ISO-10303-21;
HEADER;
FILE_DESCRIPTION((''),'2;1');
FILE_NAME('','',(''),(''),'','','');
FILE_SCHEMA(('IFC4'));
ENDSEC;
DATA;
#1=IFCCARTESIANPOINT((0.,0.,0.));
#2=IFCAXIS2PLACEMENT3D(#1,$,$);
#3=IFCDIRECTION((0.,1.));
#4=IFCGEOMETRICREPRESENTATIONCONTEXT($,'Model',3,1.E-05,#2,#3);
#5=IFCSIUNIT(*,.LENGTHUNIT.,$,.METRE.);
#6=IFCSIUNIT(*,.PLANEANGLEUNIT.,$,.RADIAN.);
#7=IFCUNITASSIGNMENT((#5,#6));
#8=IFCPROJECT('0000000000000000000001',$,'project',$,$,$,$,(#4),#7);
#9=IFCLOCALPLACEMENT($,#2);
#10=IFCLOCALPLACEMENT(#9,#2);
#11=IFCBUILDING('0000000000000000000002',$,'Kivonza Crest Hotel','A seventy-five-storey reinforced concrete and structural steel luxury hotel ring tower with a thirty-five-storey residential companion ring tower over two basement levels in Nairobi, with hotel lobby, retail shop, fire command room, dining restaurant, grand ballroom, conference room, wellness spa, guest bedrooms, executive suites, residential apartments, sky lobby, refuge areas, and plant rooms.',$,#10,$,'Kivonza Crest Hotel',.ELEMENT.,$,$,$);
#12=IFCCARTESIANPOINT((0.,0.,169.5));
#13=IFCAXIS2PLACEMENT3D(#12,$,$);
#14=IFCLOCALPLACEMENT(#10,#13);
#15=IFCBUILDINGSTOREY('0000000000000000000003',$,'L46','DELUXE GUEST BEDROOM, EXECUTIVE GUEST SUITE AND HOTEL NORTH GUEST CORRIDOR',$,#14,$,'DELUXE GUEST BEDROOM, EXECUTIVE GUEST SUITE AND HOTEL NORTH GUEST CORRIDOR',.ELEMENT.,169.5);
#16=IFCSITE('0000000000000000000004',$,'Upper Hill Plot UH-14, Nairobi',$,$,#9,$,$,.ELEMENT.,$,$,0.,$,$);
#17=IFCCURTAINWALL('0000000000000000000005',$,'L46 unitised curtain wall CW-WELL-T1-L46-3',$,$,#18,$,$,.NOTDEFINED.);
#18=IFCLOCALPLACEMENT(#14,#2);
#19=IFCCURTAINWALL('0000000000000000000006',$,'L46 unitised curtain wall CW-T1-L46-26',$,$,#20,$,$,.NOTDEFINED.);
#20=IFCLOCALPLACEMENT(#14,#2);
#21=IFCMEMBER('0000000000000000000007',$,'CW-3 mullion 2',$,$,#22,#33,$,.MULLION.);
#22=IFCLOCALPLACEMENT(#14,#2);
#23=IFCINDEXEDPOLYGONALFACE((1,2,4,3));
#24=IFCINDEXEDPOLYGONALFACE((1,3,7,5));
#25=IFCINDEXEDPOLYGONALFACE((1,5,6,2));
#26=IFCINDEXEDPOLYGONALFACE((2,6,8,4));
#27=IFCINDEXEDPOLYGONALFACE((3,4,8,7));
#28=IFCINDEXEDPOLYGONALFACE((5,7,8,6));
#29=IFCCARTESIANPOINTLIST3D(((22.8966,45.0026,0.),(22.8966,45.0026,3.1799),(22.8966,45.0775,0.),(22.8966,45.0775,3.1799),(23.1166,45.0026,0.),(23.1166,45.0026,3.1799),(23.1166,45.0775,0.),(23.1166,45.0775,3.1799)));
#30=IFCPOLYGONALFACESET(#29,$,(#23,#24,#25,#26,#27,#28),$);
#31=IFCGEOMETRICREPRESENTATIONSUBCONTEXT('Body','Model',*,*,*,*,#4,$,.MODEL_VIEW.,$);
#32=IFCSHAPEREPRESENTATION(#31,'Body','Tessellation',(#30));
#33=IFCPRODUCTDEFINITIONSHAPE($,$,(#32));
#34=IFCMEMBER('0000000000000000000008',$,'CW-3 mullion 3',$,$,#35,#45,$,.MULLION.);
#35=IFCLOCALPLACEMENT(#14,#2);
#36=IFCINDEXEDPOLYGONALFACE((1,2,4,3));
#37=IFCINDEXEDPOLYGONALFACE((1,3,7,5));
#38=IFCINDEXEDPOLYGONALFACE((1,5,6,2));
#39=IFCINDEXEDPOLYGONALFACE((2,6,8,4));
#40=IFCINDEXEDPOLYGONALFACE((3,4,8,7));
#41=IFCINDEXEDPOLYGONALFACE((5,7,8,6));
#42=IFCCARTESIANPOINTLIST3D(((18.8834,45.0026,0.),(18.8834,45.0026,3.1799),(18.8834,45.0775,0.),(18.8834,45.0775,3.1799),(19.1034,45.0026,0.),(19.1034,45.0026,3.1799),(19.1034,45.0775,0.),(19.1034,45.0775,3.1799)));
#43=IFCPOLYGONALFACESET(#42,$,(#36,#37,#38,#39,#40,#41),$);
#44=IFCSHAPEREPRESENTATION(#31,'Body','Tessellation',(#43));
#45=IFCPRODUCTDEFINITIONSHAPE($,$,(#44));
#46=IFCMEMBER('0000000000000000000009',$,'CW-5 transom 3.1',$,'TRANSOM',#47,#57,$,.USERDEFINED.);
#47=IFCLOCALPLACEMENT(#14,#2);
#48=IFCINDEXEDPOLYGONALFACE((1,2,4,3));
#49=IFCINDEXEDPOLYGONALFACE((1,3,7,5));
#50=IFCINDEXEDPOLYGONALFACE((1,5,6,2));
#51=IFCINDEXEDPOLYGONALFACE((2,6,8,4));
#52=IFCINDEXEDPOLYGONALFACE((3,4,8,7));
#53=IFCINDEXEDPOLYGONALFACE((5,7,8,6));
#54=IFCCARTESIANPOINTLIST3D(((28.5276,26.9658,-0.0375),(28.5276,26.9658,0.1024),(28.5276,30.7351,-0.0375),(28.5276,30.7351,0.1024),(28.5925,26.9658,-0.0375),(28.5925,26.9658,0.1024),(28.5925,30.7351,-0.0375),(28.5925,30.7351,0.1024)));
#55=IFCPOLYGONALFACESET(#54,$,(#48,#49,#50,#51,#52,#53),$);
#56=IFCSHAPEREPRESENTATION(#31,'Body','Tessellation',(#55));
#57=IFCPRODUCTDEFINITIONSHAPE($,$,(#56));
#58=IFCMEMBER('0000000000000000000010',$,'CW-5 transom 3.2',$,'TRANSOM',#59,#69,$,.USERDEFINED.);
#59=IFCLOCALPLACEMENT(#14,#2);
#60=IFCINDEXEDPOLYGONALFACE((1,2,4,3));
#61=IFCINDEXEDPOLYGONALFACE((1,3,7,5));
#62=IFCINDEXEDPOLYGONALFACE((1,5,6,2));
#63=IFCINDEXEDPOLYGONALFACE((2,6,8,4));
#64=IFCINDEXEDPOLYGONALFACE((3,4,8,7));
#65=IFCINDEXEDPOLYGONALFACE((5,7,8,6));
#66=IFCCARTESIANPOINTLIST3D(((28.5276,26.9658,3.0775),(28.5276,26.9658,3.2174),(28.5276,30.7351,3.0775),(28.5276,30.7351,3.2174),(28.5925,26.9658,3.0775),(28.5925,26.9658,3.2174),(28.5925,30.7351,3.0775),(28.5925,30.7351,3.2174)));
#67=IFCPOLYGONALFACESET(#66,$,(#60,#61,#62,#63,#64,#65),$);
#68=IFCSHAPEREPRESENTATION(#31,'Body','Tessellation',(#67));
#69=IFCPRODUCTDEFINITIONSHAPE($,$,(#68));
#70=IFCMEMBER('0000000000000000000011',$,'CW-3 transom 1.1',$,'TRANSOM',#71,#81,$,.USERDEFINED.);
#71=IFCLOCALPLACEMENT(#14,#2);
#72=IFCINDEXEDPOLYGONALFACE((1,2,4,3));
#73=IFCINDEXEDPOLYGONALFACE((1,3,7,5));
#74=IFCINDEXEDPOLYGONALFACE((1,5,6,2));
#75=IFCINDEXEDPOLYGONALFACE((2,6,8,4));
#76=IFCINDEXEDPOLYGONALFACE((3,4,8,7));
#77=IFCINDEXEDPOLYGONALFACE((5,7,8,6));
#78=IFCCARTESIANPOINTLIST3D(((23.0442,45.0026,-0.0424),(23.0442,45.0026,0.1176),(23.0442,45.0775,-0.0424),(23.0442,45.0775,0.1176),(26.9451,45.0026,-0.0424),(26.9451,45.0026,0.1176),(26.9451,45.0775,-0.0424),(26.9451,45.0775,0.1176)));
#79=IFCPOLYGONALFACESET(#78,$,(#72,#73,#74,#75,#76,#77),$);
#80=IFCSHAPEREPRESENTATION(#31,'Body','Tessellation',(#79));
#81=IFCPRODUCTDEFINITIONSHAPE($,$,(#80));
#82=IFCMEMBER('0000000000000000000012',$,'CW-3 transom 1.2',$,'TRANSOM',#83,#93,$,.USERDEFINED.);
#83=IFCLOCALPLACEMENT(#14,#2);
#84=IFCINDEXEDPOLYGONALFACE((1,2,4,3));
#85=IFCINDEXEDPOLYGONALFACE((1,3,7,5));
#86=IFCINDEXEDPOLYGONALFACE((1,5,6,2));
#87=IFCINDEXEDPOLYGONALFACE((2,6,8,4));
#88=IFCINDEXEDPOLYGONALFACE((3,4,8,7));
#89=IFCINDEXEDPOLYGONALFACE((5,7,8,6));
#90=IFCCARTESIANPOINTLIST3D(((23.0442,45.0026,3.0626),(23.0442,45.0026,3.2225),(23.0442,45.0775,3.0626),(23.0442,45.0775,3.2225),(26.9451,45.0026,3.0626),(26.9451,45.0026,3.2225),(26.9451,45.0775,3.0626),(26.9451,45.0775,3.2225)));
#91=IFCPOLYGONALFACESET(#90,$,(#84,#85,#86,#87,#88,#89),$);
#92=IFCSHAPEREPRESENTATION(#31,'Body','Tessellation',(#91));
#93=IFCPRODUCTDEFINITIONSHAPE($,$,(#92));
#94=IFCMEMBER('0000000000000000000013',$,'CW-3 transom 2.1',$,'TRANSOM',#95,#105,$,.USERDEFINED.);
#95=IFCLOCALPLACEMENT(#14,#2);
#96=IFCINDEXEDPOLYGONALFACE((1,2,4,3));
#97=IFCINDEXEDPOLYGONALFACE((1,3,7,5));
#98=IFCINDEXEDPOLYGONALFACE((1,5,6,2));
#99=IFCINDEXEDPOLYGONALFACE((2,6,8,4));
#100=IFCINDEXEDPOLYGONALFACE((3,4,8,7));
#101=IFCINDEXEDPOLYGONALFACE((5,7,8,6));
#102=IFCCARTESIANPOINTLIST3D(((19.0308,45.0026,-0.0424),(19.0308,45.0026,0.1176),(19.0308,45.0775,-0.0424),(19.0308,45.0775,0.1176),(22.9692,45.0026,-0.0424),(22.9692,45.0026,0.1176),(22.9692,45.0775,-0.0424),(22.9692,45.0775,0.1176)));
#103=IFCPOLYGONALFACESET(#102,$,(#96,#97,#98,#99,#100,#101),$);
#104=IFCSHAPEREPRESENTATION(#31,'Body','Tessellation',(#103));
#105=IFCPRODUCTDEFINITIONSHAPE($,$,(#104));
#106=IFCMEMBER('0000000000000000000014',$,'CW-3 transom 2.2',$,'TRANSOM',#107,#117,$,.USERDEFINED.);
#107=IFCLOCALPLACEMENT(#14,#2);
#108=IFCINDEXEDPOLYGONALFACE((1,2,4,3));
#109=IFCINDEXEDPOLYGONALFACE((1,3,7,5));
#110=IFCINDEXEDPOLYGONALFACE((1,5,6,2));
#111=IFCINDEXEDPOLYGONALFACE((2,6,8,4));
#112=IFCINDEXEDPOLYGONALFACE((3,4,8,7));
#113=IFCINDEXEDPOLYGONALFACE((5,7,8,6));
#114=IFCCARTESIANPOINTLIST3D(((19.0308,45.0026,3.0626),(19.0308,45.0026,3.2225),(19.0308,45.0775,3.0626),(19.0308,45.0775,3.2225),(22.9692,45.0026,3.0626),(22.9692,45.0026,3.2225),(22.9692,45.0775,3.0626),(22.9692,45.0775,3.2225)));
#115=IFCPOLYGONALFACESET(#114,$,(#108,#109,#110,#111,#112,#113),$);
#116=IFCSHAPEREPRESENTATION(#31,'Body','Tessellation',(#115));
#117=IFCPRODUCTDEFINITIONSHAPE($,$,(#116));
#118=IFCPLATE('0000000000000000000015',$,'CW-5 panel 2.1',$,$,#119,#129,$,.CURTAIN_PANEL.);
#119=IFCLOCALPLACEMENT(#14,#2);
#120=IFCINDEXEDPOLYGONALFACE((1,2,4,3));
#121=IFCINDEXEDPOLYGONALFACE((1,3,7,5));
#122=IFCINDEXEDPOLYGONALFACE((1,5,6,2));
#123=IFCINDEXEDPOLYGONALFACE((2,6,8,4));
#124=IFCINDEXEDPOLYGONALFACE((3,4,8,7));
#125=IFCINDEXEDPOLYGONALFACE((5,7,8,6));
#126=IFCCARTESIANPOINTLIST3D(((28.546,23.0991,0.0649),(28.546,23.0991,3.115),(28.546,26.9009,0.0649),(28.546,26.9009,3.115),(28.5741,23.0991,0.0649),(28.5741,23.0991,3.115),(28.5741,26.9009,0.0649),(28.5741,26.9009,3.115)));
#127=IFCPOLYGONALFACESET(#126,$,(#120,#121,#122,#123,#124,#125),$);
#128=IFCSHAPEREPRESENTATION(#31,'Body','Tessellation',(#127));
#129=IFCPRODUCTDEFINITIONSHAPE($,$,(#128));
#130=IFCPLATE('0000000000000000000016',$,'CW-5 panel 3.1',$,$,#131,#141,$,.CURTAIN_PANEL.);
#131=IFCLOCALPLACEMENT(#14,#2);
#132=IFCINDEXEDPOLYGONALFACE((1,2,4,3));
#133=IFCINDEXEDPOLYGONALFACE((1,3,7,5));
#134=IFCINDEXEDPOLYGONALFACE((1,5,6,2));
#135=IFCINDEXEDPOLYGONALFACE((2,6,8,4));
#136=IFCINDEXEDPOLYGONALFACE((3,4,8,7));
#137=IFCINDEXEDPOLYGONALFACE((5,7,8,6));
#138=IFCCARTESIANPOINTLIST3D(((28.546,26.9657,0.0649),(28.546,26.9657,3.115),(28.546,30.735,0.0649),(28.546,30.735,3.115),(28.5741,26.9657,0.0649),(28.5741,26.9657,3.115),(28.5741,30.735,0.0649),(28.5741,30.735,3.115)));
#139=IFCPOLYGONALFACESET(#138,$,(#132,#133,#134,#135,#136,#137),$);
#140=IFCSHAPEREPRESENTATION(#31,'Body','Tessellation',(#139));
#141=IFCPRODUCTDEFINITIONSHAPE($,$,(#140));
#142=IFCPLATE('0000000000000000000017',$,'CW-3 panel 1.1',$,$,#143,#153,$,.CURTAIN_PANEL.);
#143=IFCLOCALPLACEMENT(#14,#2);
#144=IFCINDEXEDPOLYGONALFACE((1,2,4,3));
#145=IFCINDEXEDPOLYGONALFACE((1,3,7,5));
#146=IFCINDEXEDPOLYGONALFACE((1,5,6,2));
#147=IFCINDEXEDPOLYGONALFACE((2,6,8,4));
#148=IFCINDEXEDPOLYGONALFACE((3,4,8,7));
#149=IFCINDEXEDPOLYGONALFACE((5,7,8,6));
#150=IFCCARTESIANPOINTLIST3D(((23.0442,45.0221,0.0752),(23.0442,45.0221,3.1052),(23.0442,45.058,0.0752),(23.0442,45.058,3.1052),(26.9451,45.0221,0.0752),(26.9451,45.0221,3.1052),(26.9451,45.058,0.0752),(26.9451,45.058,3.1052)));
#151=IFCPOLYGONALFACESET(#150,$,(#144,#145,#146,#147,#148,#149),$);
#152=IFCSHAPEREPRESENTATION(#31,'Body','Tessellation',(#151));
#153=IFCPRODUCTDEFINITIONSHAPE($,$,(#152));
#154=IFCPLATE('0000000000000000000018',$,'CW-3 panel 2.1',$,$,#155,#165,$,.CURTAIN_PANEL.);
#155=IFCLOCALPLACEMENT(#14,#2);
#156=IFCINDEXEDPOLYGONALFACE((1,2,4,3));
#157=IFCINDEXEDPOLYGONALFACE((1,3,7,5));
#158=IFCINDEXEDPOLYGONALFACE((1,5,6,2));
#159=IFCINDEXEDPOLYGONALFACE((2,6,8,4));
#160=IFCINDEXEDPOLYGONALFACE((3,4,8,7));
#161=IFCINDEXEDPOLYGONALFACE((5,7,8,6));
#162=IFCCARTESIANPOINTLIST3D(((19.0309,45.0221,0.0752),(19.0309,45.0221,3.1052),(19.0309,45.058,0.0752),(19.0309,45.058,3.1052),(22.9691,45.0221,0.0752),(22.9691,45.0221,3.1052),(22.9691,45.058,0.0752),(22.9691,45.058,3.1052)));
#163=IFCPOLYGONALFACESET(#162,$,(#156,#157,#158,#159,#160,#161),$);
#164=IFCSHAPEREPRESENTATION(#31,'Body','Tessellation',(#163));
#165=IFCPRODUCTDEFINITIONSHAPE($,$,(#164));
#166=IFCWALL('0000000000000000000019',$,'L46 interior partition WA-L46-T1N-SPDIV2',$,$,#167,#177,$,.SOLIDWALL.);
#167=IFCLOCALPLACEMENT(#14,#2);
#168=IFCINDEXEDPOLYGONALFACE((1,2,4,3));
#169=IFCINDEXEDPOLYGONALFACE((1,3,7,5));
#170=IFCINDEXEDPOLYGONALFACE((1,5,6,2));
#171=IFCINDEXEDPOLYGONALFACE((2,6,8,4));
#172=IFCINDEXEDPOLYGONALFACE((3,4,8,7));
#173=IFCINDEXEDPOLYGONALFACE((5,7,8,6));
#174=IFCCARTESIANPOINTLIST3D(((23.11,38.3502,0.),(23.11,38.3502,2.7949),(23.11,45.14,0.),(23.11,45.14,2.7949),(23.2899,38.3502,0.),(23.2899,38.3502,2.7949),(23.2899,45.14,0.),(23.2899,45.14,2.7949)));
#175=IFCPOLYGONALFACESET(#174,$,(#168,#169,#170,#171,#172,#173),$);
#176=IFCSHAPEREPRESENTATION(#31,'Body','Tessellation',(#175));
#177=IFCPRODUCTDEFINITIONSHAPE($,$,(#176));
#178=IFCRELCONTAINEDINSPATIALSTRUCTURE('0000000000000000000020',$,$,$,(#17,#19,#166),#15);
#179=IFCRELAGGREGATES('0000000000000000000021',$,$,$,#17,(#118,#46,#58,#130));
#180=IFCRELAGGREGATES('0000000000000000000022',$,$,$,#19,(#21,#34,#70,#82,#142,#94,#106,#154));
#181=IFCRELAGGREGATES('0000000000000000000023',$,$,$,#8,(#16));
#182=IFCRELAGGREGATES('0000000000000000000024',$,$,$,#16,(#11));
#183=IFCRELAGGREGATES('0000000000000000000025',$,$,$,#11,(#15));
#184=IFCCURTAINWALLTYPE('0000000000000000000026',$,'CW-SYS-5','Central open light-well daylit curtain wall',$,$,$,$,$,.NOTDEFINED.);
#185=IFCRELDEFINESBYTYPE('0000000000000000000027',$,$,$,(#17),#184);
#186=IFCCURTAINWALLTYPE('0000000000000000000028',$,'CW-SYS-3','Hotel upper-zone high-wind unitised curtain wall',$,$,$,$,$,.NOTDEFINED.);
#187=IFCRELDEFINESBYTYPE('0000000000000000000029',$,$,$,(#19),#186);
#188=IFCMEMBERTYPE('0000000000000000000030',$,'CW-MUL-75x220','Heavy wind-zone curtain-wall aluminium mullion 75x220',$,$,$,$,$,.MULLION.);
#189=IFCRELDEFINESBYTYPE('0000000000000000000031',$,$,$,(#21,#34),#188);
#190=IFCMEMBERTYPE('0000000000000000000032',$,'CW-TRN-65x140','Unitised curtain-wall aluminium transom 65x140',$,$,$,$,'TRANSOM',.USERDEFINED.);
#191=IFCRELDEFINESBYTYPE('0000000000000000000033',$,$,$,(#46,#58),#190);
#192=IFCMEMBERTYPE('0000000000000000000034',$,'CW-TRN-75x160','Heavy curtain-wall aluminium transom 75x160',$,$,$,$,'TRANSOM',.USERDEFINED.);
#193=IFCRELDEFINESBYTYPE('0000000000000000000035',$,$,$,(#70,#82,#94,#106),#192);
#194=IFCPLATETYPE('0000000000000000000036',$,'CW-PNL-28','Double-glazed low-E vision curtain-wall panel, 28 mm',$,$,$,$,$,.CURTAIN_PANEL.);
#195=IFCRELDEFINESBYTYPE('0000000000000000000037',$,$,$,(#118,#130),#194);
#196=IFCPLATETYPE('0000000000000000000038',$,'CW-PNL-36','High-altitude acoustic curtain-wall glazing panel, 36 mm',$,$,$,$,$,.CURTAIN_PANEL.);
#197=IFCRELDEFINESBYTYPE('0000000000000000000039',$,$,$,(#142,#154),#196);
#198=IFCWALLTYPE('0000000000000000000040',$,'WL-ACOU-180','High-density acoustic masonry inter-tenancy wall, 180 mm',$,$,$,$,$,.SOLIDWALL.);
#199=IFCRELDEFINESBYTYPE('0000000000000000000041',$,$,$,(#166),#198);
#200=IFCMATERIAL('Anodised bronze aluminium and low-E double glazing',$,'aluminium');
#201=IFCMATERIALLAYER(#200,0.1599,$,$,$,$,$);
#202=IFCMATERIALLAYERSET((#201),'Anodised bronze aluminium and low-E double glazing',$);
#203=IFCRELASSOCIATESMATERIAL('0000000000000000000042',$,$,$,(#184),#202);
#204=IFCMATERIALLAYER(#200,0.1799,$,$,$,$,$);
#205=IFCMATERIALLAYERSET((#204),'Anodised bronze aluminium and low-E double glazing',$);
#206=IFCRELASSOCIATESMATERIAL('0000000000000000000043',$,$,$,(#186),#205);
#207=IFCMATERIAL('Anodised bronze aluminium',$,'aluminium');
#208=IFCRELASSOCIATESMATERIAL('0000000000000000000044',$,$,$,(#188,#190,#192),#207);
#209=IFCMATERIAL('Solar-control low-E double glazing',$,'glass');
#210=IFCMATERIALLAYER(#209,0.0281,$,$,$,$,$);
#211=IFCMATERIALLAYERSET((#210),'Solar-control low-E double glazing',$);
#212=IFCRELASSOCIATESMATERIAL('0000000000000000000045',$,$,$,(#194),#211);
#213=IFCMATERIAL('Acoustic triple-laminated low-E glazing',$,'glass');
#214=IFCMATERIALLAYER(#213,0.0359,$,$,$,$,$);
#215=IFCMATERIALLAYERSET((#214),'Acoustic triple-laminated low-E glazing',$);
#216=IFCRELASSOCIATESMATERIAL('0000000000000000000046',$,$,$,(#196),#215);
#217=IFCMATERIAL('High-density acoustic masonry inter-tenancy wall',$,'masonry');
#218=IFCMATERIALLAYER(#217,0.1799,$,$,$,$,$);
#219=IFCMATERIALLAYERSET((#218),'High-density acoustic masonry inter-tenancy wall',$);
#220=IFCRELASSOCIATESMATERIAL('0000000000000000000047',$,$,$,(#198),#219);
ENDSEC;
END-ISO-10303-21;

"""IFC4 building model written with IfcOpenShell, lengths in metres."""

from ifc_helpers import new_model, si_unit, direction, frame, frame_2d, origin, origin_2d, place, context, subcontext, project, spatial, rectangle, extrude, material, layer, layer_set, material_profile, profile_set, type_object, element, aggregate, save


model = new_model("IFC4")

# Units and contexts
model_context = context("Model", 3, precision=1e-05, world=origin(), true_north=direction((0.0, 1.0)))
body_context = subcontext(model_context, "Body", "Model", "MODEL_VIEW")
ifc_project = project(units=[si_unit("LENGTHUNIT", "METRE"), si_unit("PLANEANGLEUNIT", "RADIAN")], contexts=[model_context])

# Site, building, storey
site_placement = place(None, origin())
site = spatial("IfcSite", under=ifc_project, at=site_placement, Name="Upper Hill Plot UH-14, Nairobi", CompositionType="ELEMENT", RefElevation=0.0)
building_placement = place(site_placement, origin())
building = spatial("IfcBuilding", under=site, at=building_placement, Name="Kivonza Crest Hotel", Description="A seventy-five-storey reinforced concrete and structural steel luxury hotel ring tower with a thirty-five-storey residential companion ring tower over two basement levels in Nairobi, with hotel lobby, retail shop, fire command room, dining restaurant, grand ballroom, conference room, wellness spa, guest bedrooms, executive suites, residential apartments, sky lobby, refuge areas, and plant rooms.", LongName="Kivonza Crest Hotel", CompositionType="ELEMENT")
storey_placement = place(building_placement, frame((0.0, 0.0, 169.5)))
storey = spatial("IfcBuildingStorey", under=building, at=storey_placement, Name="L46", Description="DELUXE GUEST BEDROOM, EXECUTIVE GUEST SUITE AND HOTEL NORTH GUEST CORRIDOR", LongName="DELUXE GUEST BEDROOM, EXECUTIVE GUEST SUITE AND HOTEL NORTH GUEST CORRIDOR", CompositionType="ELEMENT", Elevation=169.5)

# Curtain walls, members
ifc_material_1 = material(Name="Anodised bronze aluminium and low-E double glazing", Category="aluminium")
ifc_layer_1 = layer(ifc_material_1, 0.1599)
ifc_layer_set_1 = layer_set([ifc_layer_1], Name="Anodised bronze aluminium and low-E double glazing")
curtain_wall_type_1 = type_object("IfcCurtainWallType", Name="CW-SYS-5", Description="Central open light-well daylit curtain wall", PredefinedType="NOTDEFINED", material=ifc_layer_set_1)
curtain_wall_1_placement = place(storey_placement, origin())
curtain_wall_1 = element("IfcCurtainWall", 1, at=curtain_wall_1_placement, inside=storey, type_object=curtain_wall_type_1, Name="L46 unitised curtain wall CW-WELL-T1-L46-3", PredefinedType="NOTDEFINED")
ifc_material_2 = material(Name="Anodised bronze aluminium", Category="aluminium")
ifc_layer_2 = layer(ifc_material_1, 0.1799)
ifc_layer_set_2 = layer_set([ifc_layer_2], Name="Anodised bronze aluminium and low-E double glazing")
curtain_wall_type_2 = type_object("IfcCurtainWallType", Name="CW-SYS-3", Description="Hotel upper-zone high-wind unitised curtain wall", PredefinedType="NOTDEFINED", material=ifc_layer_set_2)
curtain_wall_2_placement = place(storey_placement, origin())
curtain_wall_2 = element("IfcCurtainWall", 2, at=curtain_wall_2_placement, inside=storey, type_object=curtain_wall_type_2, Name="L46 unitised curtain wall CW-T1-L46-26", PredefinedType="NOTDEFINED")
ifc_material_profile_1 = material_profile(ifc_material_2, rectangle(XDim=0.075, YDim=0.22, at=origin_2d()), Name="CW-M 75x220")
ifc_profile_set_1 = profile_set([ifc_material_profile_1], Name="Anodised bronze aluminium")
member_type_1 = type_object("IfcMemberType", Name="CW-MUL-75x220", Description="Heavy wind-zone curtain-wall aluminium mullion 75x220", PredefinedType="MULLION", material=ifc_profile_set_1)
member_1_placement = place(storey_placement, frame((23.0066, 45.04, 0.0), z_axis=(0.0, 0.0, 1.0), x_axis=(0.0, -1.0, 0.0)))
member_1 = element("IfcMember", 3, at=member_1_placement, type_object=member_type_1, Name="CW-3 mullion 2", PredefinedType="MULLION", context=body_context, shape_type="SweptSolid", body=[
    extrude(rectangle(XDim=0.075, YDim=0.22, at=origin_2d()), origin(), (0.0, 0.0, 1.0), 3.1799),
])
member_2_placement = place(storey_placement, frame((18.9934, 45.04, 0.0), z_axis=(0.0, 0.0, 1.0), x_axis=(0.0, -1.0, 0.0)))
member_2 = element("IfcMember", 4, at=member_2_placement, type_object=member_type_1, Name="CW-3 mullion 3", PredefinedType="MULLION", context=body_context, shape_type="SweptSolid", body=[
    extrude(rectangle(XDim=0.075, YDim=0.22, at=origin_2d()), origin(), (0.0, 0.0, 1.0), 3.1799),
])

# Members
ifc_material_profile_2 = material_profile(ifc_material_2, rectangle(XDim=0.0649, YDim=0.1399, at=origin_2d()), Name="CW-T 65x140")
ifc_profile_set_2 = profile_set([ifc_material_profile_2], Name="Anodised bronze aluminium")
member_type_2 = type_object("IfcMemberType", Name="CW-TRN-65x140", Description="Unitised curtain-wall aluminium transom 65x140", ElementType="TRANSOM", PredefinedType="USERDEFINED", material=ifc_profile_set_2)
member_3_placement = place(storey_placement, frame((28.5601, 26.9658, 0.0325), z_axis=(0.0, 1.0, 0.0), x_axis=(-1.0, 0.0, 0.0)))
member_3 = element("IfcMember", 5, at=member_3_placement, type_object=member_type_2, Name="CW-5 transom 3.1", ObjectType="TRANSOM", PredefinedType="USERDEFINED", context=body_context, shape_type="SweptSolid", body=[
    extrude(rectangle(XDim=0.0649, YDim=0.1399, at=origin_2d()), origin(), (0.0, 0.0, 1.0), 3.7693),
])
member_4_placement = place(storey_placement, frame((28.5601, 26.9658, 3.1475), z_axis=(0.0, 1.0, 0.0), x_axis=(-1.0, 0.0, 0.0)))
member_4 = element("IfcMember", 6, at=member_4_placement, type_object=member_type_2, Name="CW-5 transom 3.2", ObjectType="TRANSOM", PredefinedType="USERDEFINED", context=body_context, shape_type="SweptSolid", body=[
    extrude(rectangle(XDim=0.0649, YDim=0.1399, at=origin_2d()), origin(), (0.0, 0.0, 1.0), 3.7693),
])
ifc_material_profile_3 = material_profile(ifc_material_2, rectangle(XDim=0.075, YDim=0.1599, at=origin_2d()), Name="CW-T 75x160")
ifc_profile_set_3 = profile_set([ifc_material_profile_3], Name="Anodised bronze aluminium")
member_type_3 = type_object("IfcMemberType", Name="CW-TRN-75x160", Description="Heavy curtain-wall aluminium transom 75x160", ElementType="TRANSOM", PredefinedType="USERDEFINED", material=ifc_profile_set_3)
member_5_placement = place(storey_placement, frame((26.9451, 45.04, 0.0376), z_axis=(-1.0, 0.0, 0.0), x_axis=(0.0, -1.0, 0.0)))
member_5 = element("IfcMember", 7, at=member_5_placement, type_object=member_type_3, Name="CW-3 transom 1.1", ObjectType="TRANSOM", PredefinedType="USERDEFINED", context=body_context, shape_type="SweptSolid", body=[
    extrude(rectangle(XDim=0.075, YDim=0.1599, at=origin_2d()), origin(), (0.0, 0.0, 1.0), 3.9009),
])
member_6_placement = place(storey_placement, frame((26.9451, 45.04, 3.1426), z_axis=(-1.0, 0.0, 0.0), x_axis=(0.0, -1.0, 0.0)))
member_6 = element("IfcMember", 8, at=member_6_placement, type_object=member_type_3, Name="CW-3 transom 1.2", ObjectType="TRANSOM", PredefinedType="USERDEFINED", context=body_context, shape_type="SweptSolid", body=[
    extrude(rectangle(XDim=0.075, YDim=0.1599, at=origin_2d()), origin(), (0.0, 0.0, 1.0), 3.9009),
])
member_7_placement = place(storey_placement, frame((22.9692, 45.04, 0.0376), z_axis=(-1.0, 0.0, 0.0), x_axis=(0.0, -1.0, 0.0)))
member_7 = element("IfcMember", 9, at=member_7_placement, type_object=member_type_3, Name="CW-3 transom 2.1", ObjectType="TRANSOM", PredefinedType="USERDEFINED", context=body_context, shape_type="SweptSolid", body=[
    extrude(rectangle(XDim=0.075, YDim=0.1599, at=origin_2d()), origin(), (0.0, 0.0, 1.0), 3.9385),
])
member_8_placement = place(storey_placement, frame((22.9692, 45.04, 3.1426), z_axis=(-1.0, 0.0, 0.0), x_axis=(0.0, -1.0, 0.0)))
member_8 = element("IfcMember", 10, at=member_8_placement, type_object=member_type_3, Name="CW-3 transom 2.2", ObjectType="TRANSOM", PredefinedType="USERDEFINED", context=body_context, shape_type="SweptSolid", body=[
    extrude(rectangle(XDim=0.075, YDim=0.1599, at=origin_2d()), origin(), (0.0, 0.0, 1.0), 3.9385),
])

# Plates
ifc_material_3 = material(Name="Solar-control low-E double glazing", Category="glass")
ifc_layer_3 = layer(ifc_material_3, 0.0281)
ifc_layer_set_3 = layer_set([ifc_layer_3], Name="Solar-control low-E double glazing")
plate_type_1 = type_object("IfcPlateType", Name="CW-PNL-28", Description="Double-glazed low-E vision curtain-wall panel, 28 mm", PredefinedType="CURTAIN_PANEL", material=ifc_layer_set_3)
plate_1_placement = place(storey_placement, frame((28.5601, 25.0, 0.0649), z_axis=(0.0, 0.0, 1.0), x_axis=(0.0, 1.0, 0.0)))
plate_1 = element("IfcPlate", 11, at=plate_1_placement, type_object=plate_type_1, Name="CW-5 panel 2.1", PredefinedType="CURTAIN_PANEL", context=body_context, shape_type="SweptSolid", body=[
    extrude(rectangle(XDim=3.8018, YDim=0.0281, at=origin_2d()), origin(), (0.0, 0.0, 1.0), 3.05),
])
plate_2_placement = place(storey_placement, frame((28.5601, 28.8503, 0.0649), z_axis=(0.0, 0.0, 1.0), x_axis=(0.0, 1.0, 0.0)))
plate_2 = element("IfcPlate", 12, at=plate_2_placement, type_object=plate_type_1, Name="CW-5 panel 3.1", PredefinedType="CURTAIN_PANEL", context=body_context, shape_type="SweptSolid", body=[
    extrude(rectangle(XDim=3.7693, YDim=0.0281, at=origin_2d()), origin(), (0.0, 0.0, 1.0), 3.05),
])
aggregate(curtain_wall_1, [plate_1, member_3, member_4, plate_2])
ifc_material_4 = material(Name="Acoustic triple-laminated low-E glazing", Category="glass")
ifc_layer_4 = layer(ifc_material_4, 0.0359)
ifc_layer_set_4 = layer_set([ifc_layer_4], Name="Acoustic triple-laminated low-E glazing")
plate_type_2 = type_object("IfcPlateType", Name="CW-PNL-36", Description="High-altitude acoustic curtain-wall glazing panel, 36 mm", PredefinedType="CURTAIN_PANEL", material=ifc_layer_set_4)
plate_3_placement = place(storey_placement, frame((24.9946, 45.04, 0.0752), z_axis=(0.0, 0.0, 1.0), x_axis=(-1.0, 0.0, 0.0)))
plate_3 = element("IfcPlate", 13, at=plate_3_placement, type_object=plate_type_2, Name="CW-3 panel 1.1", PredefinedType="CURTAIN_PANEL", context=body_context, shape_type="SweptSolid", body=[
    extrude(rectangle(XDim=3.9009, YDim=0.0359, at=origin_2d()), origin(), (0.0, 0.0, 1.0), 3.03),
])
plate_4_placement = place(storey_placement, frame((21.0, 45.04, 0.0752), z_axis=(0.0, 0.0, 1.0), x_axis=(-1.0, 0.0, 0.0)))
plate_4 = element("IfcPlate", 14, at=plate_4_placement, type_object=plate_type_2, Name="CW-3 panel 2.1", PredefinedType="CURTAIN_PANEL", context=body_context, shape_type="SweptSolid", body=[
    extrude(rectangle(XDim=3.9382, YDim=0.0359, at=origin_2d()), origin(), (0.0, 0.0, 1.0), 3.03),
])
aggregate(curtain_wall_2, [member_1, member_2, member_5, member_6, plate_3, member_7, member_8, plate_4])

# Wall
ifc_material_5 = material(Name="High-density acoustic masonry inter-tenancy wall", Category="masonry")
ifc_layer_5 = layer(ifc_material_5, 0.1799)
ifc_layer_set_5 = layer_set([ifc_layer_5], Name="High-density acoustic masonry inter-tenancy wall")
wall_type_1 = type_object("IfcWallType", Name="WL-ACOU-180", Description="High-density acoustic masonry inter-tenancy wall, 180 mm", PredefinedType="SOLIDWALL", material=ifc_layer_set_5)
wall_1_placement = place(storey_placement, frame((23.2, 38.3501, 0.0), z_axis=(0.0, 0.0, 1.0), x_axis=(0.0, 1.0, 0.0)))
element("IfcWall", 15, at=wall_1_placement, inside=storey, type_object=wall_type_1, Name="L46 interior partition WA-L46-T1N-SPDIV2", PredefinedType="SOLIDWALL", context=body_context, shape_type="SweptSolid", body=[
    extrude(rectangle(XDim=6.7898, YDim=0.1799, at=frame_2d((3.395, 0.0))), origin(), (0.0, 0.0, 1.0), 2.7949),
])

save(model, "model.ifc")
